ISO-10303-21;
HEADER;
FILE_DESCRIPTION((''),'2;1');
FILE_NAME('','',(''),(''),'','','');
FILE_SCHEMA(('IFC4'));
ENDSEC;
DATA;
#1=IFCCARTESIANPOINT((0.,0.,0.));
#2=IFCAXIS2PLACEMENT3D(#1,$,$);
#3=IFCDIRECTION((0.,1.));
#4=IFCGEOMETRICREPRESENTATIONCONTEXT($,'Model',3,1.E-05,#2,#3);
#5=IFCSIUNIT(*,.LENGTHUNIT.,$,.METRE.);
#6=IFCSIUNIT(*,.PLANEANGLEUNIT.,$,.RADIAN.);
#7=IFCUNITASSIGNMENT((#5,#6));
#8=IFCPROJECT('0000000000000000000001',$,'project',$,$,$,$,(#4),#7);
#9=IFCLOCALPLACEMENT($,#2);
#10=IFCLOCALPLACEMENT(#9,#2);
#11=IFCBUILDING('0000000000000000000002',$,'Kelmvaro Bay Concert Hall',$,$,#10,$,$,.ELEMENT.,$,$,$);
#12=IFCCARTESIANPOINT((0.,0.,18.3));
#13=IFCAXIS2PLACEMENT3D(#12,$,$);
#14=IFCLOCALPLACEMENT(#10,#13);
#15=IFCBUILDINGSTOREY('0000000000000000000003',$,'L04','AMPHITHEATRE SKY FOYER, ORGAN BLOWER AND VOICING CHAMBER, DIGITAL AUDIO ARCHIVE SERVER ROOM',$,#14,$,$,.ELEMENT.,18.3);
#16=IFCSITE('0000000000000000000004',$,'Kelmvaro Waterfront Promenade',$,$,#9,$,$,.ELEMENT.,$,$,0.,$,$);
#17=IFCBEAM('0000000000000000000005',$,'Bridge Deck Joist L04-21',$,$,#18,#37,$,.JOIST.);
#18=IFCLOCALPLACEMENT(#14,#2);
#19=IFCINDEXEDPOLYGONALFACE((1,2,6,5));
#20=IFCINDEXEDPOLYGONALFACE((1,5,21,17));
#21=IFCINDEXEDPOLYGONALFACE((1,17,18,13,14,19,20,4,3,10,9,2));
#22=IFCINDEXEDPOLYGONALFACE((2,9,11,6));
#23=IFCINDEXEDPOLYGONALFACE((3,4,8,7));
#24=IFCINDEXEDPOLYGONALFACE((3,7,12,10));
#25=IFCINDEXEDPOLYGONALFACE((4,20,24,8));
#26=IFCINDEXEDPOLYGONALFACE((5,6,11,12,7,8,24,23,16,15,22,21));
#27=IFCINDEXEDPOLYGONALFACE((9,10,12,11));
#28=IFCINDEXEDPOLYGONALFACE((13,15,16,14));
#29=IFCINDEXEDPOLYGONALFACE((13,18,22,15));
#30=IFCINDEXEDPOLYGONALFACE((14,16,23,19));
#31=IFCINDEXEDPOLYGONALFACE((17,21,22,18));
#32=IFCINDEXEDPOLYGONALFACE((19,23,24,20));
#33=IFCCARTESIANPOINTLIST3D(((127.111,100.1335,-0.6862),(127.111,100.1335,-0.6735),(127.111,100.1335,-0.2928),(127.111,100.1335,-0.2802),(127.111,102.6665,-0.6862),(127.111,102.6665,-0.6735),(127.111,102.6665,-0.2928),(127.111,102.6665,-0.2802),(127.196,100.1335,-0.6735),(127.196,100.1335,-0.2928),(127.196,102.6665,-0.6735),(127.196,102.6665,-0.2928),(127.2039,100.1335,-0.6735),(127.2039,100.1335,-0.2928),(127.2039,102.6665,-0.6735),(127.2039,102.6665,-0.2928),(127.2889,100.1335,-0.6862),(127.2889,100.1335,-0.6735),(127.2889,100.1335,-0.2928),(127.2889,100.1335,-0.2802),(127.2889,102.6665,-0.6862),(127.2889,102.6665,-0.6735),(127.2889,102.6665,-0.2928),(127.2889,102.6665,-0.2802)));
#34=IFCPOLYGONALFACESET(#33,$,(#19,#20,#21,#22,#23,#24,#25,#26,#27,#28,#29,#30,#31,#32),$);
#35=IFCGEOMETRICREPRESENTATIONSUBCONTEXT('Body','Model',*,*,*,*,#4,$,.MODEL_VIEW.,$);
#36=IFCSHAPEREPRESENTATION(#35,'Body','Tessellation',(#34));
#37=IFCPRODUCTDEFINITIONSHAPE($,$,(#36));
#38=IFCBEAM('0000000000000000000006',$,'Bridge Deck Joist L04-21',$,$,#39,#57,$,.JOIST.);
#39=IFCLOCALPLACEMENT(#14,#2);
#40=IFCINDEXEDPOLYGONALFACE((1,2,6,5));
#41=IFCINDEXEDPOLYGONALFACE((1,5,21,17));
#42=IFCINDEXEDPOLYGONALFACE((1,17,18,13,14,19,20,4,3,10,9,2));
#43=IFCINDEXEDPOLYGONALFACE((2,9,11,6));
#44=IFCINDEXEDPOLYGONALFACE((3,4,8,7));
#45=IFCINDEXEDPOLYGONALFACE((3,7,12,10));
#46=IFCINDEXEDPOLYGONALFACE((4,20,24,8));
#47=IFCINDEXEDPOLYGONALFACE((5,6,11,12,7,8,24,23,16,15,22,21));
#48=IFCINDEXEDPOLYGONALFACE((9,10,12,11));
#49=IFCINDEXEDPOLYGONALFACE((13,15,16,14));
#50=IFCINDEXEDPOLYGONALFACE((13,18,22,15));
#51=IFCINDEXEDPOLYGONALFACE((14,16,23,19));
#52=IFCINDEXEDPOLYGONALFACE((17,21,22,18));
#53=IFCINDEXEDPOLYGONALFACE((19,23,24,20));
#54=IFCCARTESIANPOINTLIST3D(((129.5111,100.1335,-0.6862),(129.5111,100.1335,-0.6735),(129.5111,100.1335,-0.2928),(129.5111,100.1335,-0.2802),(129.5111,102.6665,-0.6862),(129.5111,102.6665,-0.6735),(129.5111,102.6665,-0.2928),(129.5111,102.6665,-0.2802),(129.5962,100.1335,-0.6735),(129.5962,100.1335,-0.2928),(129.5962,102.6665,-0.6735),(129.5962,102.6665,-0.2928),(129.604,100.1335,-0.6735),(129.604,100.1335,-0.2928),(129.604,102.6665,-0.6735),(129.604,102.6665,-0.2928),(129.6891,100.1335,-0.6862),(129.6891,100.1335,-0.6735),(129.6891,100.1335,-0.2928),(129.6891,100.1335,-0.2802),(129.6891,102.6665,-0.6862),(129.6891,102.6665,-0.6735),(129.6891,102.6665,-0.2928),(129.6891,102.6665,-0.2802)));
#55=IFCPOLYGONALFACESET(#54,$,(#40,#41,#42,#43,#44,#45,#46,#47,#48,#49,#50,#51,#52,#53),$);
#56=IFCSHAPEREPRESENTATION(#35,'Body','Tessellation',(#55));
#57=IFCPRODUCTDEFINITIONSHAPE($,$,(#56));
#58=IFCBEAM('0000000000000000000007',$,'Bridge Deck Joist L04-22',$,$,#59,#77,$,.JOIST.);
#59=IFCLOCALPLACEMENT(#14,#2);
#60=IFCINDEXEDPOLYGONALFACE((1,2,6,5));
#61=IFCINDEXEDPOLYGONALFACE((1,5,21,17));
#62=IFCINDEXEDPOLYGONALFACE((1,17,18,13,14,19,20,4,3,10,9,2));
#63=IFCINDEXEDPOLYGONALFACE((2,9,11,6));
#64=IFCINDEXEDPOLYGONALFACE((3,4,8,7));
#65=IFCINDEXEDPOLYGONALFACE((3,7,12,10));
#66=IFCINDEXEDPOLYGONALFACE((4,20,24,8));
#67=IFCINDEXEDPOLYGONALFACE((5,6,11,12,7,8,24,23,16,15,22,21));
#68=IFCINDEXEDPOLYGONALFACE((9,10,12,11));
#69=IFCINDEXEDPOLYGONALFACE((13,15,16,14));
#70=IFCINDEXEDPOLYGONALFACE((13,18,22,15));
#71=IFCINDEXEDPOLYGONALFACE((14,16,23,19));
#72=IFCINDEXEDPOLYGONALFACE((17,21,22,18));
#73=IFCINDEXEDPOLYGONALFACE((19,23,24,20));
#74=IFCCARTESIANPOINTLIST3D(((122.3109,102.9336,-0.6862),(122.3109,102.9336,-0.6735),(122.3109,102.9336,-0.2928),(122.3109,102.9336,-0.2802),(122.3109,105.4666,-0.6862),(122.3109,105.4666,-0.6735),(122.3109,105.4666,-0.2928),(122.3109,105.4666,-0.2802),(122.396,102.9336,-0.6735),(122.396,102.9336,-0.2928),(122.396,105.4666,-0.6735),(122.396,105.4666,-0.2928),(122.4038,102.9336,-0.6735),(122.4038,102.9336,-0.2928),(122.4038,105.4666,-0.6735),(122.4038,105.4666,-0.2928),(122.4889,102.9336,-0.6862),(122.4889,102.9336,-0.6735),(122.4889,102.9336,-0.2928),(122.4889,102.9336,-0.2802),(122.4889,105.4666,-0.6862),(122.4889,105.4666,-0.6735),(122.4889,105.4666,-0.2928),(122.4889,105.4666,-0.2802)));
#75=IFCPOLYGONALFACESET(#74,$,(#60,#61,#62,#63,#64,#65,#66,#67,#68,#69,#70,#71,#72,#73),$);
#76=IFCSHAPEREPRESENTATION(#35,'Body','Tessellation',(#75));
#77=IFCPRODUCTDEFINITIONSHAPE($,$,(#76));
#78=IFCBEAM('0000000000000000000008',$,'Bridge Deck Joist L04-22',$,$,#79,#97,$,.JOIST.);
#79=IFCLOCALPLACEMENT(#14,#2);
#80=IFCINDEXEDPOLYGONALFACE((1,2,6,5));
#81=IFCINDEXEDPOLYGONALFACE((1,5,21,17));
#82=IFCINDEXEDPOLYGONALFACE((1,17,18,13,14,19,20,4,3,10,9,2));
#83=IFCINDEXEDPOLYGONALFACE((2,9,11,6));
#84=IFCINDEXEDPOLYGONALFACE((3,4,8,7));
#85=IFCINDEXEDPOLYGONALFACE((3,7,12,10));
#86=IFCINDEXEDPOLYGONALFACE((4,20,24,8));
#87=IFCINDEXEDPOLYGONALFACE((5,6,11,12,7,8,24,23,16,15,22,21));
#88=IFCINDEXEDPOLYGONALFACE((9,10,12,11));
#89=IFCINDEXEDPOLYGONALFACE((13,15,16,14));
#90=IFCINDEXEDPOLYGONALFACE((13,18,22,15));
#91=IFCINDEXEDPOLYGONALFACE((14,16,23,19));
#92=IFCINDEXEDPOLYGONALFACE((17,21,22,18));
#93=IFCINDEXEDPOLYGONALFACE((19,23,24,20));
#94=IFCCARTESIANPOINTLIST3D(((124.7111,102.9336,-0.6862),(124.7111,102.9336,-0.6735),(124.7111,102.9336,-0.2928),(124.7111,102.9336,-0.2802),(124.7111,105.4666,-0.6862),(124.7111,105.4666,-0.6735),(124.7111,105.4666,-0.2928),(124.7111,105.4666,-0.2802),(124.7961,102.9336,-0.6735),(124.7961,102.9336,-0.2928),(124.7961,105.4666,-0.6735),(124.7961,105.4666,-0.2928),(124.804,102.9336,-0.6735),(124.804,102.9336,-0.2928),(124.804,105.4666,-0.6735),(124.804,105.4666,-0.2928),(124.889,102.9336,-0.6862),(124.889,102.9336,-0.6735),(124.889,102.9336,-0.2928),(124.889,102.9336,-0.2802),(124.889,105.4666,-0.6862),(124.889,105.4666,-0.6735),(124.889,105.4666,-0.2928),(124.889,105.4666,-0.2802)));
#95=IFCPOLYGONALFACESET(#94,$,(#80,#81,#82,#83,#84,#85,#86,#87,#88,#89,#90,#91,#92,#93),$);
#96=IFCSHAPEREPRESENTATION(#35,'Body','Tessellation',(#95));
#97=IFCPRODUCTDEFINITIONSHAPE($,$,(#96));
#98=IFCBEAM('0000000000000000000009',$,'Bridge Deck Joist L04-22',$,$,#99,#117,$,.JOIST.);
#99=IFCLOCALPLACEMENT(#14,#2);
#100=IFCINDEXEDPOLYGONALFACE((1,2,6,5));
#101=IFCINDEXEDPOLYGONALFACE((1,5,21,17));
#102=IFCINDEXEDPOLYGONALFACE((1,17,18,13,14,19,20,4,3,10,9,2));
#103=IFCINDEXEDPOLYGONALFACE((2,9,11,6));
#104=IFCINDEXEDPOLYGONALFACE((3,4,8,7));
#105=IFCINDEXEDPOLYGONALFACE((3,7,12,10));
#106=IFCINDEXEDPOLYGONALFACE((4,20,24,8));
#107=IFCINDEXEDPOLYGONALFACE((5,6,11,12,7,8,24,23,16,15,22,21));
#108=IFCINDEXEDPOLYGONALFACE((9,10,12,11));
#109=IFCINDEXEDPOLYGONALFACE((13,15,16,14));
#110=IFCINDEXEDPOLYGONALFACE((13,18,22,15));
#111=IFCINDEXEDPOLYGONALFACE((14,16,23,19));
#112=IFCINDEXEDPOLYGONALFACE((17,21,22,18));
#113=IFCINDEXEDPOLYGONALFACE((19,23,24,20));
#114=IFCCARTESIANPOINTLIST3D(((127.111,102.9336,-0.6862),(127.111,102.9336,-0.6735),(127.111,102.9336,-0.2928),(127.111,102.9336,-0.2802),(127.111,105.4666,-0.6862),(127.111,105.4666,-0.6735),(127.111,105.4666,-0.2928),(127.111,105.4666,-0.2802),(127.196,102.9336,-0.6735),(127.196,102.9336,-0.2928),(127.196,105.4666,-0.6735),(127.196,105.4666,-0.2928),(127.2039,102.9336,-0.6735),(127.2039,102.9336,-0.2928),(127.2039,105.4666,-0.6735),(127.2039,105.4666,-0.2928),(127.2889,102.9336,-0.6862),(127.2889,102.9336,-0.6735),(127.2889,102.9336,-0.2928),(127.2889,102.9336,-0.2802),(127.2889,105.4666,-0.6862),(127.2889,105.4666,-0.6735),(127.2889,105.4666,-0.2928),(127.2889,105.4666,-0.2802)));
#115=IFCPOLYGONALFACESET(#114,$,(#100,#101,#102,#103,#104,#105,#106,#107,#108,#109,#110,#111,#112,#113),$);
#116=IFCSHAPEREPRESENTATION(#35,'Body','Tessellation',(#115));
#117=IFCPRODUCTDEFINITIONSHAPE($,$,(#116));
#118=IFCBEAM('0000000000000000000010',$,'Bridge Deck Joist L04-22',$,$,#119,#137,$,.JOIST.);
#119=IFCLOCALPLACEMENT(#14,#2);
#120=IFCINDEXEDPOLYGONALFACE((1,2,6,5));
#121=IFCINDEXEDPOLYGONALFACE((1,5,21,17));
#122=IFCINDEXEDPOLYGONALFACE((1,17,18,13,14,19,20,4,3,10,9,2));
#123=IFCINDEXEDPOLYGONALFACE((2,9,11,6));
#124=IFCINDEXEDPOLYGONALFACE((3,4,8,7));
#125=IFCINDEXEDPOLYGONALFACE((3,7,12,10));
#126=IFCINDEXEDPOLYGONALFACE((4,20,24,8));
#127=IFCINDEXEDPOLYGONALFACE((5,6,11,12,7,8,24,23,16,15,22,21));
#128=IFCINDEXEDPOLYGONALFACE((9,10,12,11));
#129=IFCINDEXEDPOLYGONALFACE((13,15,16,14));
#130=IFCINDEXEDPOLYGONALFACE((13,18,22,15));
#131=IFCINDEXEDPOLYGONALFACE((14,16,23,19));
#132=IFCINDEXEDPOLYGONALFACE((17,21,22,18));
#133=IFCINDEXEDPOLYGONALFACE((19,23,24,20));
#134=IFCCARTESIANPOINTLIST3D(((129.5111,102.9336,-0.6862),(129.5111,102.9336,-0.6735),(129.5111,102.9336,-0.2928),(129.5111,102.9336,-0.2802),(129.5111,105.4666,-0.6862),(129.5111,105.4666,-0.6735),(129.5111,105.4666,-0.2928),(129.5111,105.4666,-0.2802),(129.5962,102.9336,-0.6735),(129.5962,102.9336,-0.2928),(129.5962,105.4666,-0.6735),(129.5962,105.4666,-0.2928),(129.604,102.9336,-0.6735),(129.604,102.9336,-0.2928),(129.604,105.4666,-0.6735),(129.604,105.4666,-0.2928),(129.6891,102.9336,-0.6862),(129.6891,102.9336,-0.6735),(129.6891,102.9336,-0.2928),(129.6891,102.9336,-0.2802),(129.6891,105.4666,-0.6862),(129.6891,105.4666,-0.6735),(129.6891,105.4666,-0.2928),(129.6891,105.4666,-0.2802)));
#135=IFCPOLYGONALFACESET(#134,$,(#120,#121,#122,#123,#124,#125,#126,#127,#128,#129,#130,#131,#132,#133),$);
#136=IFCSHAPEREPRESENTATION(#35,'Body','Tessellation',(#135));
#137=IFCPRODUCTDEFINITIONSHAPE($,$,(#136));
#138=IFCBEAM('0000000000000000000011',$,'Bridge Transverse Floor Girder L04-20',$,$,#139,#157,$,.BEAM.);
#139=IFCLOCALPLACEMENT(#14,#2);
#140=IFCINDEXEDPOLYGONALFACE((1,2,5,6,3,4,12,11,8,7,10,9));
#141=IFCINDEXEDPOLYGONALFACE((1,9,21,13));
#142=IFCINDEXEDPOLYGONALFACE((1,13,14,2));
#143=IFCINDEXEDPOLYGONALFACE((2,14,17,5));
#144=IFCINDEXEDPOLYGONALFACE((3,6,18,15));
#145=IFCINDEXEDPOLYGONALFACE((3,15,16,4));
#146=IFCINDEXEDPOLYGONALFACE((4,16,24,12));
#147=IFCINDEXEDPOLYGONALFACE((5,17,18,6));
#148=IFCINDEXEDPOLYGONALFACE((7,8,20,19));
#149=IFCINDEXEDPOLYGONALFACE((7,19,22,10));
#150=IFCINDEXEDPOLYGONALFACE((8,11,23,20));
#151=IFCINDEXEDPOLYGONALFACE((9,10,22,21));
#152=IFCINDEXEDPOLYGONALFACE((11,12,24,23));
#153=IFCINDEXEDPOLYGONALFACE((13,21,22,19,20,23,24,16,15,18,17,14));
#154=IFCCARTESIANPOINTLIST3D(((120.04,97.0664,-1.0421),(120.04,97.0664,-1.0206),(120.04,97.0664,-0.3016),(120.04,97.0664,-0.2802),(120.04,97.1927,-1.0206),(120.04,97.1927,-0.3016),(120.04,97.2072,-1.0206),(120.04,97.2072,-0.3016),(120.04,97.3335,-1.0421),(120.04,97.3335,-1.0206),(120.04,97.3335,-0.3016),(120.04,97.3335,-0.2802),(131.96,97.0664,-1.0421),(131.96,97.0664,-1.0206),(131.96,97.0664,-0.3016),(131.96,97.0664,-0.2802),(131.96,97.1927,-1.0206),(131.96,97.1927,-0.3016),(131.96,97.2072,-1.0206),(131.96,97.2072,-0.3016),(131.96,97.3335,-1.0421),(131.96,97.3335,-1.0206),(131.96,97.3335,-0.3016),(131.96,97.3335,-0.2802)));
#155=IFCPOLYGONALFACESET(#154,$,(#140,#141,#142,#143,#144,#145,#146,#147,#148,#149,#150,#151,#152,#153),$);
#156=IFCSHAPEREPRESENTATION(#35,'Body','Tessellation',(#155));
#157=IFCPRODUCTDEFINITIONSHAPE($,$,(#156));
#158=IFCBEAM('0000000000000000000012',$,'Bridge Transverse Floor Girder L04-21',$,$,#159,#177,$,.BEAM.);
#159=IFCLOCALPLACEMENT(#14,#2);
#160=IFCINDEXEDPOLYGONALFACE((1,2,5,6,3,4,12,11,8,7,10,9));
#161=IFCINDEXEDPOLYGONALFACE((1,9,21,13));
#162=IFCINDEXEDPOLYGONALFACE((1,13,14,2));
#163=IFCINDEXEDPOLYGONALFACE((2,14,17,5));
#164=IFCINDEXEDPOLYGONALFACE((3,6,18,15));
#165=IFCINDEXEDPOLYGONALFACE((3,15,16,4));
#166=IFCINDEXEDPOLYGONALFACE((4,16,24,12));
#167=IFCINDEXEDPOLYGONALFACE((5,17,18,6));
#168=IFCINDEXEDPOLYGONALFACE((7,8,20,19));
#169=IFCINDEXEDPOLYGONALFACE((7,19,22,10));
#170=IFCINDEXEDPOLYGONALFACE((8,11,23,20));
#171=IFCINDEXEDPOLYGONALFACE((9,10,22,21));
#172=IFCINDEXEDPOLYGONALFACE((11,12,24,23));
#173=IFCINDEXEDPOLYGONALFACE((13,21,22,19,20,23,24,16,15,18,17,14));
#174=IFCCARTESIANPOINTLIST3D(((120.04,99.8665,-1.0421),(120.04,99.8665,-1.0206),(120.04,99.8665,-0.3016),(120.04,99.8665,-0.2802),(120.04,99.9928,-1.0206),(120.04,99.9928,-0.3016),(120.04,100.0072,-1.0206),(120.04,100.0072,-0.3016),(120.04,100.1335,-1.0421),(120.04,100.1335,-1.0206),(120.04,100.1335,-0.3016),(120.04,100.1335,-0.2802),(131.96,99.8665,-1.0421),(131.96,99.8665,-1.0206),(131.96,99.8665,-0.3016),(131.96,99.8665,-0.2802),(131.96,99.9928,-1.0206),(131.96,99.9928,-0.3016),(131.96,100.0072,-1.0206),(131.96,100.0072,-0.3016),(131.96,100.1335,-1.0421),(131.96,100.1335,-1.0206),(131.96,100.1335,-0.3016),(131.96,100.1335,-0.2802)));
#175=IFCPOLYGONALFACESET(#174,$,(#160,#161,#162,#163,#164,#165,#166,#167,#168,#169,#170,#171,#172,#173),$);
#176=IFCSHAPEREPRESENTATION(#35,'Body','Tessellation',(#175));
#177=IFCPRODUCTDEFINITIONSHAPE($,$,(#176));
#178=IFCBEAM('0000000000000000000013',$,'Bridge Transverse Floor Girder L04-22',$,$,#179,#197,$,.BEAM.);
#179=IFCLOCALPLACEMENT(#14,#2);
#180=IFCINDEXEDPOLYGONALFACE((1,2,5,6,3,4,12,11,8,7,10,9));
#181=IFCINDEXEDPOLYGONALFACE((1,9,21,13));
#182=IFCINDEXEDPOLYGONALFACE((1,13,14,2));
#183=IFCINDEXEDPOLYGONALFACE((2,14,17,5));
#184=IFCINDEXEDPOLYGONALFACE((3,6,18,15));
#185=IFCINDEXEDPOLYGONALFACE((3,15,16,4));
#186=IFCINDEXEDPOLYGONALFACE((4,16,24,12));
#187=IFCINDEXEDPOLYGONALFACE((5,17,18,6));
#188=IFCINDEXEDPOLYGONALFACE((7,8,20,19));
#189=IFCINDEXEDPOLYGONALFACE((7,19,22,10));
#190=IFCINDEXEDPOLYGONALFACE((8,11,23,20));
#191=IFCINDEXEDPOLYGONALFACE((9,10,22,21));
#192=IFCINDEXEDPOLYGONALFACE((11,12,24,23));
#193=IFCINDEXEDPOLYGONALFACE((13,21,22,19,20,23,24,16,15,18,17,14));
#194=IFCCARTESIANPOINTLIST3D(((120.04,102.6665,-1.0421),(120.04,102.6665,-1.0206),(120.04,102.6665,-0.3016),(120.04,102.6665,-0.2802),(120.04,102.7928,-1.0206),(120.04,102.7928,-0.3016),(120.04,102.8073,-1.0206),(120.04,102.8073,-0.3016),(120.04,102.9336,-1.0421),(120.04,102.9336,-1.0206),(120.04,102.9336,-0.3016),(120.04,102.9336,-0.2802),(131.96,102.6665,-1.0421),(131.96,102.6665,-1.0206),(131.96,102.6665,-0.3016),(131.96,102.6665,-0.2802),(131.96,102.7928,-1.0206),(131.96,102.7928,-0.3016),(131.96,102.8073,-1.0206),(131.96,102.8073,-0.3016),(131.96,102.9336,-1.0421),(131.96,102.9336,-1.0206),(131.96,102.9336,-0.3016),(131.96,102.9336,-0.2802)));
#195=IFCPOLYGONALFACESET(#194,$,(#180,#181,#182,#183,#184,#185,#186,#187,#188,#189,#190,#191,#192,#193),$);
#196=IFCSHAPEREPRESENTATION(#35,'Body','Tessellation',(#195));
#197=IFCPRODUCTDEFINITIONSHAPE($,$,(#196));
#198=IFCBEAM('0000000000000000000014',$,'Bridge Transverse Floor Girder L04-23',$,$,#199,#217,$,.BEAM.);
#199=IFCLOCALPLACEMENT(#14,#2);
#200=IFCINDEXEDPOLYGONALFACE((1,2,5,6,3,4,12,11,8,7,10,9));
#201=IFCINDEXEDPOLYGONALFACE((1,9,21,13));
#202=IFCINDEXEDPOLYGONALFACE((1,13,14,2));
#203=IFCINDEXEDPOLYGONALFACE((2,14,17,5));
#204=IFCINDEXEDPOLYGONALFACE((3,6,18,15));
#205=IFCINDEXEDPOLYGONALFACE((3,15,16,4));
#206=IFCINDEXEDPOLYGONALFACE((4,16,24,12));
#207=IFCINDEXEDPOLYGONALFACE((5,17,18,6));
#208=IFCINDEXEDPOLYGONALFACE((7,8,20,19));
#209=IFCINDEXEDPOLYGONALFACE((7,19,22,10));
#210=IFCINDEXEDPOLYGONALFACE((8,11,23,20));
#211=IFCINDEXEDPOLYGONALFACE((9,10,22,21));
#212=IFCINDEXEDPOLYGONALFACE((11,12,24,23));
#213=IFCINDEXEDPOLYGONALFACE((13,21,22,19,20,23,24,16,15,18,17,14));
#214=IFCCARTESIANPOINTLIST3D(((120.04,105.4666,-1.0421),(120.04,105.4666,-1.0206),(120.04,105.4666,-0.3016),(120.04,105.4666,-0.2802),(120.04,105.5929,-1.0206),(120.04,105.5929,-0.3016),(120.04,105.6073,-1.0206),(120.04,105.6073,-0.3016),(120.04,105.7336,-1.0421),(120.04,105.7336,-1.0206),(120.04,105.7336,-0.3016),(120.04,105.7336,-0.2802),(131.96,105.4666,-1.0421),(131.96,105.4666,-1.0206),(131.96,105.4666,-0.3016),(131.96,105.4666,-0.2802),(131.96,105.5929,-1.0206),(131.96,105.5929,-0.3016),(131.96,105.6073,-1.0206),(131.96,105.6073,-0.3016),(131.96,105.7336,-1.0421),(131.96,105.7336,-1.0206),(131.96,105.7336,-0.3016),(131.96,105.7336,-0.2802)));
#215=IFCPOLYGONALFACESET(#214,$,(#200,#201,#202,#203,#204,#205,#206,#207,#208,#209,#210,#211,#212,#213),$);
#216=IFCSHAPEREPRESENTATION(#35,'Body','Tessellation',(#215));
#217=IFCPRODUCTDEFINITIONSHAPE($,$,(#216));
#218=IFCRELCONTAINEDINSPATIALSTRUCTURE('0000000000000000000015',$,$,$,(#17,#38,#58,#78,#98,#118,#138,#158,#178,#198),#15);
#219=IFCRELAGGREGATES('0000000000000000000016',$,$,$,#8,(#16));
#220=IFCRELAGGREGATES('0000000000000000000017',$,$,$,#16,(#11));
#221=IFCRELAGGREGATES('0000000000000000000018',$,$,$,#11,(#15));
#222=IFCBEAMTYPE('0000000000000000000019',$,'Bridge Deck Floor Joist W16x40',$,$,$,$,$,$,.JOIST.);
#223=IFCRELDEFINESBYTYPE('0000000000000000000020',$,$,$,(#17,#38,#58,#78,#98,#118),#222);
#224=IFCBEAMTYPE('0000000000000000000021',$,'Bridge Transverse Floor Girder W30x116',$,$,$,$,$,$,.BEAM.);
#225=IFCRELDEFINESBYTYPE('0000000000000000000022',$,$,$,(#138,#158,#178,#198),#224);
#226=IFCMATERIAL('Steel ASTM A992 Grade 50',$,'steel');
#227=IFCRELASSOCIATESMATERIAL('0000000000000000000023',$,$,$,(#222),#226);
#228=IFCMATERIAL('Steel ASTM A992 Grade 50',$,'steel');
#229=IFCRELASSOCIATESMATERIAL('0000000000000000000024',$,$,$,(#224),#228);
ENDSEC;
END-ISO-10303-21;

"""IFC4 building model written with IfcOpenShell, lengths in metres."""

from ifc_helpers import new_model, si_unit, direction, frame, origin, origin_2d, place, context, subcontext, project, spatial, i_section, extrude, material, material_profile, profile_set, type_object, element, save


model = new_model("IFC4")

# Units and contexts
model_context = context("Model", 3, precision=1e-05, world=origin(), true_north=direction((0.0, 1.0)))
body_context = subcontext(model_context, "Body", "Model", "MODEL_VIEW")
ifc_project = project(units=[si_unit("LENGTHUNIT", "METRE"), si_unit("PLANEANGLEUNIT", "RADIAN")], contexts=[model_context])

# Site, building, storey
site_placement = place(None, origin())
site = spatial("IfcSite", under=ifc_project, at=site_placement, Name="Kelmvaro Waterfront Promenade", CompositionType="ELEMENT", RefElevation=0.0)
building_placement = place(site_placement, origin())
building = spatial("IfcBuilding", under=site, at=building_placement, Name="Kelmvaro Bay Concert Hall", CompositionType="ELEMENT")
storey_placement = place(building_placement, frame((0.0, 0.0, 18.3)))
storey = spatial("IfcBuildingStorey", under=building, at=storey_placement, Name="L04", Description="AMPHITHEATRE SKY FOYER, ORGAN BLOWER AND VOICING CHAMBER, DIGITAL AUDIO ARCHIVE SERVER ROOM", CompositionType="ELEMENT", Elevation=18.3)

# Beams
ifc_material_1 = material(Name="Steel ASTM A992 Grade 50", Category="steel")
ifc_material_profile_1 = material_profile(ifc_material_1, i_section(OverallWidth=0.178, OverallDepth=0.406, WebThickness=0.0078, FlangeThickness=0.0127, at=origin_2d()), Name="W16X40")
ifc_profile_set_1 = profile_set([ifc_material_profile_1], Name="Steel ASTM A992 Grade 50")
beam_type_1 = type_object("IfcBeamType", Name="Bridge Deck Floor Joist W16x40", PredefinedType="JOIST", material=ifc_profile_set_1)
for number, where, z_axis, x_axis, name in (
    (1, (127.2, 100.1335, -0.4832), (0.0, 1.0, 0.0), (-1.0, 0.0, 0.0), "Bridge Deck Joist L04-21"),
    (2, (129.6001, 100.1335, -0.4832), (0.0, 1.0, 0.0), (-1.0, 0.0, 0.0), "Bridge Deck Joist L04-21"),
    (3, (122.3999, 102.9336, -0.4832), (0.0, 1.0, 0.0), (-1.0, 0.0, 0.0), "Bridge Deck Joist L04-22"),
    (4, (124.8, 102.9336, -0.4832), (0.0, 1.0, 0.0), (-1.0, 0.0, 0.0), "Bridge Deck Joist L04-22"),
    (5, (127.2, 102.9336, -0.4832), (0.0, 1.0, 0.0), (-1.0, 0.0, 0.0), "Bridge Deck Joist L04-22"),
    (6, (129.6001, 102.9336, -0.4832), (0.0, 1.0, 0.0), (-1.0, 0.0, 0.0), "Bridge Deck Joist L04-22"),
):
    element("IfcBeam", number, at=place(storey_placement, frame(where, z_axis=z_axis, x_axis=x_axis)), inside=storey, type_object=beam_type_1, Name=name, PredefinedType="JOIST", context=body_context, shape_type="SweptSolid", body=[
        extrude(i_section(OverallWidth=0.178, OverallDepth=0.406, WebThickness=0.0078, FlangeThickness=0.0127, at=origin_2d()), origin(), (0.0, 0.0, 1.0), 2.533),
    ])
ifc_material_2 = material(Name="Steel ASTM A992 Grade 50", Category="steel")
ifc_material_profile_2 = material_profile(ifc_material_2, i_section(OverallWidth=0.2671, OverallDepth=0.762, WebThickness=0.0144, FlangeThickness=0.0215, at=origin_2d()), Name="W30X116")
ifc_profile_set_2 = profile_set([ifc_material_profile_2], Name="Steel ASTM A992 Grade 50")
beam_type_2 = type_object("IfcBeamType", Name="Bridge Transverse Floor Girder W30x116", PredefinedType="BEAM", material=ifc_profile_set_2)
for number, where, z_axis, x_axis, name in (
    (7, (120.04, 97.2, -0.6611), (1.0, 0.0, 0.0), (0.0, 1.0, 0.0), "Bridge Transverse Floor Girder L04-20"),
    (8, (120.04, 100.0, -0.6611), (1.0, 0.0, 0.0), (0.0, 1.0, 0.0), "Bridge Transverse Floor Girder L04-21"),
    (9, (120.04, 102.8, -0.6611), (1.0, 0.0, 0.0), (0.0, 1.0, 0.0), "Bridge Transverse Floor Girder L04-22"),
    (10, (120.04, 105.6001, -0.6611), (1.0, 0.0, 0.0), (0.0, 1.0, 0.0), "Bridge Transverse Floor Girder L04-23"),
):
    element("IfcBeam", number, at=place(storey_placement, frame(where, z_axis=z_axis, x_axis=x_axis)), inside=storey, type_object=beam_type_2, Name=name, PredefinedType="BEAM", context=body_context, shape_type="SweptSolid", body=[
        extrude(i_section(OverallWidth=0.2671, OverallDepth=0.762, WebThickness=0.0144, FlangeThickness=0.0215, at=origin_2d()), origin(), (0.0, 0.0, 1.0), 11.9199),
    ])

save(model, "model.ifc")
